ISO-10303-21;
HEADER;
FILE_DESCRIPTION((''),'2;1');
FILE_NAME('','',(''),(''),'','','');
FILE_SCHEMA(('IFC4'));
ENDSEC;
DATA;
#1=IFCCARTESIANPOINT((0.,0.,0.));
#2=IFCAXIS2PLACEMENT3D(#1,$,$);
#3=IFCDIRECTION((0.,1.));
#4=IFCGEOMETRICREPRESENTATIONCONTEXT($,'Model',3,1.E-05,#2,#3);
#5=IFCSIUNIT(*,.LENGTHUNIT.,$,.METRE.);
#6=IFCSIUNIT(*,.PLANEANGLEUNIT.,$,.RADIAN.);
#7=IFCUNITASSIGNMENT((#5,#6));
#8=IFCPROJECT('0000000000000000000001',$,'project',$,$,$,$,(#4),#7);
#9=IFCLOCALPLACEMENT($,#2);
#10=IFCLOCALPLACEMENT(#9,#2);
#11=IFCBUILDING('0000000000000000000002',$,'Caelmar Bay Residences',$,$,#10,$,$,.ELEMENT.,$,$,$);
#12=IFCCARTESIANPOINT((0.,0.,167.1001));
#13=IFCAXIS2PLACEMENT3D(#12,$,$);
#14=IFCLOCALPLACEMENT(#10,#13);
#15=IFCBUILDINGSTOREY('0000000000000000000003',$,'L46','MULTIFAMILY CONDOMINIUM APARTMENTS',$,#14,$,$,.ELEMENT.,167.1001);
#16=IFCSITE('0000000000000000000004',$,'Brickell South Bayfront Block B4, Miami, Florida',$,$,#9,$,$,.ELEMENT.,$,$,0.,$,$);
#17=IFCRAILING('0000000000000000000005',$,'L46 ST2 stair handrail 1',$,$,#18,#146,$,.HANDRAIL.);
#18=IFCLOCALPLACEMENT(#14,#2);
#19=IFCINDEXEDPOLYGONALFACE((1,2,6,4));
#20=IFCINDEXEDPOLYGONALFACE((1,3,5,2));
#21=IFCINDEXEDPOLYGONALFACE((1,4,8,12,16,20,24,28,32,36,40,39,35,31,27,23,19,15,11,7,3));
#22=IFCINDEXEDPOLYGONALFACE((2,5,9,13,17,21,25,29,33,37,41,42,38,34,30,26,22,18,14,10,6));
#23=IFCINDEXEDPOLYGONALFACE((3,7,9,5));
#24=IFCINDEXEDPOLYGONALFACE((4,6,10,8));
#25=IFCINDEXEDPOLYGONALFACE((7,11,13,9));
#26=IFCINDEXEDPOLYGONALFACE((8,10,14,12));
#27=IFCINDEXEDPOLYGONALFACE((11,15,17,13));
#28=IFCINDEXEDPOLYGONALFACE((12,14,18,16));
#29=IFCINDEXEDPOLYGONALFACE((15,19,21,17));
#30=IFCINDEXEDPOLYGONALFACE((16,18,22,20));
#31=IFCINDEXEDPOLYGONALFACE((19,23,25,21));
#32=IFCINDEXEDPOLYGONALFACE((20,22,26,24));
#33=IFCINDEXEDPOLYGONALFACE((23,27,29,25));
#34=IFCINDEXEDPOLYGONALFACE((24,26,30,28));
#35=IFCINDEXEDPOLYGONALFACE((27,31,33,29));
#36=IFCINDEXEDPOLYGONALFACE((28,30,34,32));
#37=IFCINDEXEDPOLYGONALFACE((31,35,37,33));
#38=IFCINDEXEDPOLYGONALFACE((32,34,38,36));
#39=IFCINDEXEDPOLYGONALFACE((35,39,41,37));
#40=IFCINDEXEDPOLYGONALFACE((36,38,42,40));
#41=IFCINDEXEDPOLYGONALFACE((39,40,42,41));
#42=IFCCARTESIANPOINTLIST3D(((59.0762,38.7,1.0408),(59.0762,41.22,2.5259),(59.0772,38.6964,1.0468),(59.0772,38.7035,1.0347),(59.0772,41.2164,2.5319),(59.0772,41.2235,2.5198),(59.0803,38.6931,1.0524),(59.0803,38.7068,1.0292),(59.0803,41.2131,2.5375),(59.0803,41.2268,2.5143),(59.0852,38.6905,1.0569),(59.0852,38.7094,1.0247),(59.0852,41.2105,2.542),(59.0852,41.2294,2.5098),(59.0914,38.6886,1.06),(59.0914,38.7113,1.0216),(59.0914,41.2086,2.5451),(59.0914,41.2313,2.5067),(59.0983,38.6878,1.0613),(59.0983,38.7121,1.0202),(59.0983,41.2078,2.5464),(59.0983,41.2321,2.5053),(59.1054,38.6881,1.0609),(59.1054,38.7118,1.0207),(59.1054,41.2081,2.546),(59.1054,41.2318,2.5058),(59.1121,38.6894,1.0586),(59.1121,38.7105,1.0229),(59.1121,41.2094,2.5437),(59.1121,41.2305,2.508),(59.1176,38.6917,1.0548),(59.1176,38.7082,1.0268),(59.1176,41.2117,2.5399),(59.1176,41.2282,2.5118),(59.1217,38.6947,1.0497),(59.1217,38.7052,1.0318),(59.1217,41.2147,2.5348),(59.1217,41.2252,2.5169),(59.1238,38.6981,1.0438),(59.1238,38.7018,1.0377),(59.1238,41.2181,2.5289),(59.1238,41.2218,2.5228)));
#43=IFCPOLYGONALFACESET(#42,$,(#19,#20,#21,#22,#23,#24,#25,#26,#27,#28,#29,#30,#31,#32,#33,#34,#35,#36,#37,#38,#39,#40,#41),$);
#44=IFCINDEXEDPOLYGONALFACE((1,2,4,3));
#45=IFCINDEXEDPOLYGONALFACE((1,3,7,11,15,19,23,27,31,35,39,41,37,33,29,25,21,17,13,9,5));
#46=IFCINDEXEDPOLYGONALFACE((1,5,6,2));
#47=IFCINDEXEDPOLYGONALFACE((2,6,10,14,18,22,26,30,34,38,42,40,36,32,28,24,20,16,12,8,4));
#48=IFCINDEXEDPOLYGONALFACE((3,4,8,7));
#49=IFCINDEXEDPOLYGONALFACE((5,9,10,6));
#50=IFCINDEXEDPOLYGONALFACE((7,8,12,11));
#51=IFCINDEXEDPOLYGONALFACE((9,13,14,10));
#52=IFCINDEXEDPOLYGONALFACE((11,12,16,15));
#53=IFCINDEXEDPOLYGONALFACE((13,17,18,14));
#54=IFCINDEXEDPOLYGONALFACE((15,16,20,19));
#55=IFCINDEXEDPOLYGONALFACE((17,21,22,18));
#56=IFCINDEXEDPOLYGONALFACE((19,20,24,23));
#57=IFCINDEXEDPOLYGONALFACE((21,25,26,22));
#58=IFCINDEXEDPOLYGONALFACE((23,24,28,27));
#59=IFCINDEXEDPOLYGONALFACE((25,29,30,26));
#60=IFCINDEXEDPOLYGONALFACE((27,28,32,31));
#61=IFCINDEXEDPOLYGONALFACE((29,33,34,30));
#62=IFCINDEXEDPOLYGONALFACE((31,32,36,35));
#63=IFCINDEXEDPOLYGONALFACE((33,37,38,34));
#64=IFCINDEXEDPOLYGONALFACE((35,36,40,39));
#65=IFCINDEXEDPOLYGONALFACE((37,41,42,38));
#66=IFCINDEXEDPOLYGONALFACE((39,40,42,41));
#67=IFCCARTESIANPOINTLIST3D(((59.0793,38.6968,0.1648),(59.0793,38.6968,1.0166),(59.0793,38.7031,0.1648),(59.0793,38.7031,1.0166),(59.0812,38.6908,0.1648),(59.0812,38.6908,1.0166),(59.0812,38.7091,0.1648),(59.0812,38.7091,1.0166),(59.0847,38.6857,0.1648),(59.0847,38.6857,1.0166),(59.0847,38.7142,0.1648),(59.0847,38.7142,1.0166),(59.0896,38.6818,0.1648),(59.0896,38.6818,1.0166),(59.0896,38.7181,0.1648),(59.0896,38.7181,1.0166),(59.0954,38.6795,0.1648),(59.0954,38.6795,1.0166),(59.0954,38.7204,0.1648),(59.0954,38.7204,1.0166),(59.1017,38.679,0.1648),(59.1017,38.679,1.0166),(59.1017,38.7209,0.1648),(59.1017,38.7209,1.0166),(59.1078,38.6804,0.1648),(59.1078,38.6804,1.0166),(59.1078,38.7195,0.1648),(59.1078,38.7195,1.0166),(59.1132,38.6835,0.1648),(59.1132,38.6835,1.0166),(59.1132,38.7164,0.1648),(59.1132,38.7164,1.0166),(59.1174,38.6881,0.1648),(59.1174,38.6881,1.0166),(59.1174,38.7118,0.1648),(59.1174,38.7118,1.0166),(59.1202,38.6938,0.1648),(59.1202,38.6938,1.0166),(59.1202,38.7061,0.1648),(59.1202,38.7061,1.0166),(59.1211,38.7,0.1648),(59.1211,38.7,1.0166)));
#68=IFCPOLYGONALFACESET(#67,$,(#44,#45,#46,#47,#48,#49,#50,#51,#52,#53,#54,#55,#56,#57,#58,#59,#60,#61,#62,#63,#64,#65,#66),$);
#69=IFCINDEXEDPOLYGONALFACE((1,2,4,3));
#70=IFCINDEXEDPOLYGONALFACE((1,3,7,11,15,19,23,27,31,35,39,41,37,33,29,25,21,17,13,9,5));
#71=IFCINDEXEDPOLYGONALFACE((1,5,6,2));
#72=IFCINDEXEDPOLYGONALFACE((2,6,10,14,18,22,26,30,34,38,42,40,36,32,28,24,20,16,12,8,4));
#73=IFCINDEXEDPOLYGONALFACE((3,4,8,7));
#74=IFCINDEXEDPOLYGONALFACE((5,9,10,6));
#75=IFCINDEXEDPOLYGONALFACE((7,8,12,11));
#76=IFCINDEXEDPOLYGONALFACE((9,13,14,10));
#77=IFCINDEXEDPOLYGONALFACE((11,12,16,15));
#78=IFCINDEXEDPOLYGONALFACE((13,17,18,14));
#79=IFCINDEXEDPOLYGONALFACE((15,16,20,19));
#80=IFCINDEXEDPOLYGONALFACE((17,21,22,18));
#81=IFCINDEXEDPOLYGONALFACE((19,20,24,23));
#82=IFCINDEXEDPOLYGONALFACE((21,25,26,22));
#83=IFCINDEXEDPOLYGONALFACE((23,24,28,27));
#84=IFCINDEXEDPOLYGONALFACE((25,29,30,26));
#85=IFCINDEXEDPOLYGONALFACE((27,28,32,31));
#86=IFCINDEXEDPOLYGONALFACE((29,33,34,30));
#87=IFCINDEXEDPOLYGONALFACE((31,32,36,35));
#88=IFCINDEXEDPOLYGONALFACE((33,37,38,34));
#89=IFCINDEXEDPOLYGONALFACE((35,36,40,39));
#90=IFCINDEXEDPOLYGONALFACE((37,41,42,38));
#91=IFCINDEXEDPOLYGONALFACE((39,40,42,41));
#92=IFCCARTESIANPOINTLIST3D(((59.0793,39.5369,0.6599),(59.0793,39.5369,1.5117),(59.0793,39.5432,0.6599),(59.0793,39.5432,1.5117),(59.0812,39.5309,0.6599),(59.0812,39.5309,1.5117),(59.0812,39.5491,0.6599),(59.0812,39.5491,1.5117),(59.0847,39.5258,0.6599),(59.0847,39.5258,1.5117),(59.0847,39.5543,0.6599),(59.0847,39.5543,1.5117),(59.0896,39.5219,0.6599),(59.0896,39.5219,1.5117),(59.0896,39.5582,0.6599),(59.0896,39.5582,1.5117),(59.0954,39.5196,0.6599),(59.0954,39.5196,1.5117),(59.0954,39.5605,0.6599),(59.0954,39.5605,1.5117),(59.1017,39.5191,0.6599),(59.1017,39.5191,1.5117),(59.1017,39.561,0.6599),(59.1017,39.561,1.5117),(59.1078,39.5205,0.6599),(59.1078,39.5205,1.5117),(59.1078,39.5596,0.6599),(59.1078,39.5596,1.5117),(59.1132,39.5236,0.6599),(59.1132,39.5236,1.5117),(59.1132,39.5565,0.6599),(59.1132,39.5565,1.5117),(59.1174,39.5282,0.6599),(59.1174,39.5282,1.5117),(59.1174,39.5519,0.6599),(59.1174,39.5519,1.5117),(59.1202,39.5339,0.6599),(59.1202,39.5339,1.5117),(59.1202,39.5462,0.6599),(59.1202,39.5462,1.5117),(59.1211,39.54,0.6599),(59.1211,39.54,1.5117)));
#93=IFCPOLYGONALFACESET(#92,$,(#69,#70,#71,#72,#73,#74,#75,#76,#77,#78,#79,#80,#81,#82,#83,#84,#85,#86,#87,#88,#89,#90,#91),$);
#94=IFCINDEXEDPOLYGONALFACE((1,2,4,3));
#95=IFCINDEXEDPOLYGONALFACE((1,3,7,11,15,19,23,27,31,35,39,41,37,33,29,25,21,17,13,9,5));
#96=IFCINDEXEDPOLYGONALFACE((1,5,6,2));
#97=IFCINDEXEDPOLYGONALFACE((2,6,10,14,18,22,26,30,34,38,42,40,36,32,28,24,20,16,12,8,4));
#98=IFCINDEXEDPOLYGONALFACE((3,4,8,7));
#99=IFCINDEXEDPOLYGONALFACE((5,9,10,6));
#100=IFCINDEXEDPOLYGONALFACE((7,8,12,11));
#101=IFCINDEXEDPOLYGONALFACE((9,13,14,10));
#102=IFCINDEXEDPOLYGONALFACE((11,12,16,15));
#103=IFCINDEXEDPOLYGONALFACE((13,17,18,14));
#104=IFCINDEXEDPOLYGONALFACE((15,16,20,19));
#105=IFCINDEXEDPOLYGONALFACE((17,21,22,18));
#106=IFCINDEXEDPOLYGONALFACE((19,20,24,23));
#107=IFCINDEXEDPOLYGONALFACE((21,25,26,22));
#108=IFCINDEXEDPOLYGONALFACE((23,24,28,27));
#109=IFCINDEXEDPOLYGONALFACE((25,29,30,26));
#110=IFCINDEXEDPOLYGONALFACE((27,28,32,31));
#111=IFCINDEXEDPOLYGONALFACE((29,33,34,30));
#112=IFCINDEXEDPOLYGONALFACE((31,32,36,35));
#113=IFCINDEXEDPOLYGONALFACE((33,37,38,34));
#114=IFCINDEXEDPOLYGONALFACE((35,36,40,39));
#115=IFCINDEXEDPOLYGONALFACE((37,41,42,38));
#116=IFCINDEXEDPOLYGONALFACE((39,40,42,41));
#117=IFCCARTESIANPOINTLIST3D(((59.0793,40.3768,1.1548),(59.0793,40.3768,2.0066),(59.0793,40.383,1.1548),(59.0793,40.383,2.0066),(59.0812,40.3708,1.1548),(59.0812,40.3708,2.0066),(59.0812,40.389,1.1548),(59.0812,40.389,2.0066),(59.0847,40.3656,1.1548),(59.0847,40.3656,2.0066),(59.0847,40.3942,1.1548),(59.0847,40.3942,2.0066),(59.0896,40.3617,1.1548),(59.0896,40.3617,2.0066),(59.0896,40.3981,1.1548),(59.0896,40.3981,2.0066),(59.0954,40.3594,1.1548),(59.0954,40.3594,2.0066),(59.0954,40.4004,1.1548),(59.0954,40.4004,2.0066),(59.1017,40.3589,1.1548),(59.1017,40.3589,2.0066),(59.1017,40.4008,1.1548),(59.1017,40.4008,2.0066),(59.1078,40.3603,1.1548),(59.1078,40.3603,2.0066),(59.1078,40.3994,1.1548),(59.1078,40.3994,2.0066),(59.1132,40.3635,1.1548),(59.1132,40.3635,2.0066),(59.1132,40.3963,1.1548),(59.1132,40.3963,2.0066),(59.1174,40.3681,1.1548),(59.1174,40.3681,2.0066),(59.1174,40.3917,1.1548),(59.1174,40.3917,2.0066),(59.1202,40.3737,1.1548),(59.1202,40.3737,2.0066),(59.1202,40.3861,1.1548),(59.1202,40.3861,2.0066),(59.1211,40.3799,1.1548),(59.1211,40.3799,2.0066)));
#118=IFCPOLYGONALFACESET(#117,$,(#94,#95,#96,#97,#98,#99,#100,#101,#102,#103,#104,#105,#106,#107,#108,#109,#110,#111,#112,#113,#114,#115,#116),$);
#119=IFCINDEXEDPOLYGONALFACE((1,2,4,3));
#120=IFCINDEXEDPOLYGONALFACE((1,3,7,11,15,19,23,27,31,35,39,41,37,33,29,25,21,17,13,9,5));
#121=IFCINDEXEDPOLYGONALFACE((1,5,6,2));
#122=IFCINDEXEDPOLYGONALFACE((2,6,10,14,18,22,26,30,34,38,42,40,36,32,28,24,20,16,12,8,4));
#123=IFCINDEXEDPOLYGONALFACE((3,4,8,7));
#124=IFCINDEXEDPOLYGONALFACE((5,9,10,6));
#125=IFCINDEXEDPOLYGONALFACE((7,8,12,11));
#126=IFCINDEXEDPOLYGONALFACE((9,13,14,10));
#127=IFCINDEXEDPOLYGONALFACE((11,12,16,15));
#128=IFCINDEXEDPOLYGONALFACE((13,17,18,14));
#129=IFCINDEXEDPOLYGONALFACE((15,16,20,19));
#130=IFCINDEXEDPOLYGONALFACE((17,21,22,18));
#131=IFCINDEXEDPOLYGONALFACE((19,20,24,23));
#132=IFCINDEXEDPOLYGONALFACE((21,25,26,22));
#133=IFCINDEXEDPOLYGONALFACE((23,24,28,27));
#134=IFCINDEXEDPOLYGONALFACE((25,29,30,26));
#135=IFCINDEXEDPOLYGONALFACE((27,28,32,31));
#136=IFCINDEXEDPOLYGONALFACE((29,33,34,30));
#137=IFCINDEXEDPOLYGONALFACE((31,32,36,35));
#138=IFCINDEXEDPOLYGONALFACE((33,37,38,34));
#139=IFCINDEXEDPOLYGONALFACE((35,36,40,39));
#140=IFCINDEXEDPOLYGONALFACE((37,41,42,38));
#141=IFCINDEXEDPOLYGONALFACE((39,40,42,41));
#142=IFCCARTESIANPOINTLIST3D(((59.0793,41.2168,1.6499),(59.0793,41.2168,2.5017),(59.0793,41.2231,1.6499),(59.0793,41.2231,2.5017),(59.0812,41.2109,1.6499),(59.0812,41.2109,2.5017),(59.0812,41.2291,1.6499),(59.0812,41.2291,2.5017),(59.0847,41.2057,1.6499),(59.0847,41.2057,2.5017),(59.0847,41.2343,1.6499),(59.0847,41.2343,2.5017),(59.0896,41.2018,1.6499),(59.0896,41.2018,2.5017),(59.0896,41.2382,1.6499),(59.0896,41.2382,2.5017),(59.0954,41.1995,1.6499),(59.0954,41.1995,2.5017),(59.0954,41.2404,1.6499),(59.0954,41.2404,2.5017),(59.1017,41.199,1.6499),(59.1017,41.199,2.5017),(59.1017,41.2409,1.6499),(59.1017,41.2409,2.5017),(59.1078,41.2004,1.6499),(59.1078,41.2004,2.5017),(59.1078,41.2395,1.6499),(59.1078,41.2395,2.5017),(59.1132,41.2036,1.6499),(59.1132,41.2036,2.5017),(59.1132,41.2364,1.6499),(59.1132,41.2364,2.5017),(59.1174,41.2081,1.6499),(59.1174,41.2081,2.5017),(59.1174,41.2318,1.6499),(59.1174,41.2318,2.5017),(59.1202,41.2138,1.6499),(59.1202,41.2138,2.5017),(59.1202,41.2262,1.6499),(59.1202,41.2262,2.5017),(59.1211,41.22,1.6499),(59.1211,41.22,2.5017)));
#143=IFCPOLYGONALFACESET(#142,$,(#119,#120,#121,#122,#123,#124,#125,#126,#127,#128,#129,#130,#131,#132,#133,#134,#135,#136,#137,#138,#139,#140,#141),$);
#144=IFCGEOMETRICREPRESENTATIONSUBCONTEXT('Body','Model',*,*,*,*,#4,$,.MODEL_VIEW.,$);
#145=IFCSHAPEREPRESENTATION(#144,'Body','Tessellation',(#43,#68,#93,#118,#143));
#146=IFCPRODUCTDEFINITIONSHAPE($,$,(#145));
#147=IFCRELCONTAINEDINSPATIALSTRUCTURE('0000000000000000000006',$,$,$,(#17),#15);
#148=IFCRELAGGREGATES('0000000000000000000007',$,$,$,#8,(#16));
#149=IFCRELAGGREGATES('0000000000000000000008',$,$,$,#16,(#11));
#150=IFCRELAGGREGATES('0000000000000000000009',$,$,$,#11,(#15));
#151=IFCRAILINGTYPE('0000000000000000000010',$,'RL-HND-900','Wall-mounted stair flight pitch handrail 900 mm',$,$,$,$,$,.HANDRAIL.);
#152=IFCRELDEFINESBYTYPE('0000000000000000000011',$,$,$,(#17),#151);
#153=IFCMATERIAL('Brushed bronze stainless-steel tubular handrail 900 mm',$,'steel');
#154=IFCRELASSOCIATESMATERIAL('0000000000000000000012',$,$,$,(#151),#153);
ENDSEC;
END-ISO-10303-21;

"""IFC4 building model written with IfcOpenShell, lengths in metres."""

from ifc_helpers import new_model, si_unit, direction, frame, origin, origin_2d, place, context, subcontext, project, spatial, circle, extrude, material, type_object, element, save


model = new_model("IFC4")

# Units and contexts
model_context = context("Model", 3, precision=1e-05, world=origin(), true_north=direction((0.0, 1.0)))
body_context = subcontext(model_context, "Body", "Model", "MODEL_VIEW")
ifc_project = project(units=[si_unit("LENGTHUNIT", "METRE"), si_unit("PLANEANGLEUNIT", "RADIAN")], contexts=[model_context])

# Site, building, storey
site_placement = place(None, origin())
site = spatial("IfcSite", under=ifc_project, at=site_placement, Name="Brickell South Bayfront Block B4, Miami, Florida", CompositionType="ELEMENT", RefElevation=0.0)
building_placement = place(site_placement, origin())
building = spatial("IfcBuilding", under=site, at=building_placement, Name="Caelmar Bay Residences", CompositionType="ELEMENT")
storey_placement = place(building_placement, frame((0.0, 0.0, 167.1001)))
storey = spatial("IfcBuildingStorey", under=building, at=storey_placement, Name="L46", Description="MULTIFAMILY CONDOMINIUM APARTMENTS", CompositionType="ELEMENT", Elevation=167.1001)

# Railing
ifc_material_1 = material(Name="Brushed bronze stainless-steel tubular handrail 900 mm", Category="steel")
railing_type_1 = type_object("IfcRailingType", Name="RL-HND-900", Description="Wall-mounted stair flight pitch handrail 900 mm", PredefinedType="HANDRAIL", material=ifc_material_1)
railing_1_placement = place(storey_placement, frame((59.1001, 38.7, 0.1648)))
element("IfcRailing", 1, at=railing_1_placement, inside=storey, type_object=railing_type_1, Name="L46 ST2 stair handrail 1", PredefinedType="HANDRAIL", context=body_context, shape_type="SweptSolid", body=[
    extrude(circle(Radius=0.0239, at=origin_2d()), frame((0.0, 0.0, 0.876), z_axis=(0.0, 0.861524, 0.507717), x_axis=(-1.0, 0.0, 0.0)), (0.0, 0.0, 1.0), 2.925),
    extrude(circle(Radius=0.021, at=origin_2d()), origin(), (0.0, 0.0, 1.0), 0.8518),
    extrude(circle(Radius=0.021, at=origin_2d()), frame((0.0, 0.8401, 0.4951)), (0.0, 0.0, 1.0), 0.8518),
    extrude(circle(Radius=0.021, at=origin_2d()), frame((0.0, 1.6799, 0.99)), (0.0, 0.0, 1.0), 0.8518),
    extrude(circle(Radius=0.021, at=origin_2d()), frame((0.0, 2.52, 1.4851)), (0.0, 0.0, 1.0), 0.8518),
])

save(model, "model.ifc")
